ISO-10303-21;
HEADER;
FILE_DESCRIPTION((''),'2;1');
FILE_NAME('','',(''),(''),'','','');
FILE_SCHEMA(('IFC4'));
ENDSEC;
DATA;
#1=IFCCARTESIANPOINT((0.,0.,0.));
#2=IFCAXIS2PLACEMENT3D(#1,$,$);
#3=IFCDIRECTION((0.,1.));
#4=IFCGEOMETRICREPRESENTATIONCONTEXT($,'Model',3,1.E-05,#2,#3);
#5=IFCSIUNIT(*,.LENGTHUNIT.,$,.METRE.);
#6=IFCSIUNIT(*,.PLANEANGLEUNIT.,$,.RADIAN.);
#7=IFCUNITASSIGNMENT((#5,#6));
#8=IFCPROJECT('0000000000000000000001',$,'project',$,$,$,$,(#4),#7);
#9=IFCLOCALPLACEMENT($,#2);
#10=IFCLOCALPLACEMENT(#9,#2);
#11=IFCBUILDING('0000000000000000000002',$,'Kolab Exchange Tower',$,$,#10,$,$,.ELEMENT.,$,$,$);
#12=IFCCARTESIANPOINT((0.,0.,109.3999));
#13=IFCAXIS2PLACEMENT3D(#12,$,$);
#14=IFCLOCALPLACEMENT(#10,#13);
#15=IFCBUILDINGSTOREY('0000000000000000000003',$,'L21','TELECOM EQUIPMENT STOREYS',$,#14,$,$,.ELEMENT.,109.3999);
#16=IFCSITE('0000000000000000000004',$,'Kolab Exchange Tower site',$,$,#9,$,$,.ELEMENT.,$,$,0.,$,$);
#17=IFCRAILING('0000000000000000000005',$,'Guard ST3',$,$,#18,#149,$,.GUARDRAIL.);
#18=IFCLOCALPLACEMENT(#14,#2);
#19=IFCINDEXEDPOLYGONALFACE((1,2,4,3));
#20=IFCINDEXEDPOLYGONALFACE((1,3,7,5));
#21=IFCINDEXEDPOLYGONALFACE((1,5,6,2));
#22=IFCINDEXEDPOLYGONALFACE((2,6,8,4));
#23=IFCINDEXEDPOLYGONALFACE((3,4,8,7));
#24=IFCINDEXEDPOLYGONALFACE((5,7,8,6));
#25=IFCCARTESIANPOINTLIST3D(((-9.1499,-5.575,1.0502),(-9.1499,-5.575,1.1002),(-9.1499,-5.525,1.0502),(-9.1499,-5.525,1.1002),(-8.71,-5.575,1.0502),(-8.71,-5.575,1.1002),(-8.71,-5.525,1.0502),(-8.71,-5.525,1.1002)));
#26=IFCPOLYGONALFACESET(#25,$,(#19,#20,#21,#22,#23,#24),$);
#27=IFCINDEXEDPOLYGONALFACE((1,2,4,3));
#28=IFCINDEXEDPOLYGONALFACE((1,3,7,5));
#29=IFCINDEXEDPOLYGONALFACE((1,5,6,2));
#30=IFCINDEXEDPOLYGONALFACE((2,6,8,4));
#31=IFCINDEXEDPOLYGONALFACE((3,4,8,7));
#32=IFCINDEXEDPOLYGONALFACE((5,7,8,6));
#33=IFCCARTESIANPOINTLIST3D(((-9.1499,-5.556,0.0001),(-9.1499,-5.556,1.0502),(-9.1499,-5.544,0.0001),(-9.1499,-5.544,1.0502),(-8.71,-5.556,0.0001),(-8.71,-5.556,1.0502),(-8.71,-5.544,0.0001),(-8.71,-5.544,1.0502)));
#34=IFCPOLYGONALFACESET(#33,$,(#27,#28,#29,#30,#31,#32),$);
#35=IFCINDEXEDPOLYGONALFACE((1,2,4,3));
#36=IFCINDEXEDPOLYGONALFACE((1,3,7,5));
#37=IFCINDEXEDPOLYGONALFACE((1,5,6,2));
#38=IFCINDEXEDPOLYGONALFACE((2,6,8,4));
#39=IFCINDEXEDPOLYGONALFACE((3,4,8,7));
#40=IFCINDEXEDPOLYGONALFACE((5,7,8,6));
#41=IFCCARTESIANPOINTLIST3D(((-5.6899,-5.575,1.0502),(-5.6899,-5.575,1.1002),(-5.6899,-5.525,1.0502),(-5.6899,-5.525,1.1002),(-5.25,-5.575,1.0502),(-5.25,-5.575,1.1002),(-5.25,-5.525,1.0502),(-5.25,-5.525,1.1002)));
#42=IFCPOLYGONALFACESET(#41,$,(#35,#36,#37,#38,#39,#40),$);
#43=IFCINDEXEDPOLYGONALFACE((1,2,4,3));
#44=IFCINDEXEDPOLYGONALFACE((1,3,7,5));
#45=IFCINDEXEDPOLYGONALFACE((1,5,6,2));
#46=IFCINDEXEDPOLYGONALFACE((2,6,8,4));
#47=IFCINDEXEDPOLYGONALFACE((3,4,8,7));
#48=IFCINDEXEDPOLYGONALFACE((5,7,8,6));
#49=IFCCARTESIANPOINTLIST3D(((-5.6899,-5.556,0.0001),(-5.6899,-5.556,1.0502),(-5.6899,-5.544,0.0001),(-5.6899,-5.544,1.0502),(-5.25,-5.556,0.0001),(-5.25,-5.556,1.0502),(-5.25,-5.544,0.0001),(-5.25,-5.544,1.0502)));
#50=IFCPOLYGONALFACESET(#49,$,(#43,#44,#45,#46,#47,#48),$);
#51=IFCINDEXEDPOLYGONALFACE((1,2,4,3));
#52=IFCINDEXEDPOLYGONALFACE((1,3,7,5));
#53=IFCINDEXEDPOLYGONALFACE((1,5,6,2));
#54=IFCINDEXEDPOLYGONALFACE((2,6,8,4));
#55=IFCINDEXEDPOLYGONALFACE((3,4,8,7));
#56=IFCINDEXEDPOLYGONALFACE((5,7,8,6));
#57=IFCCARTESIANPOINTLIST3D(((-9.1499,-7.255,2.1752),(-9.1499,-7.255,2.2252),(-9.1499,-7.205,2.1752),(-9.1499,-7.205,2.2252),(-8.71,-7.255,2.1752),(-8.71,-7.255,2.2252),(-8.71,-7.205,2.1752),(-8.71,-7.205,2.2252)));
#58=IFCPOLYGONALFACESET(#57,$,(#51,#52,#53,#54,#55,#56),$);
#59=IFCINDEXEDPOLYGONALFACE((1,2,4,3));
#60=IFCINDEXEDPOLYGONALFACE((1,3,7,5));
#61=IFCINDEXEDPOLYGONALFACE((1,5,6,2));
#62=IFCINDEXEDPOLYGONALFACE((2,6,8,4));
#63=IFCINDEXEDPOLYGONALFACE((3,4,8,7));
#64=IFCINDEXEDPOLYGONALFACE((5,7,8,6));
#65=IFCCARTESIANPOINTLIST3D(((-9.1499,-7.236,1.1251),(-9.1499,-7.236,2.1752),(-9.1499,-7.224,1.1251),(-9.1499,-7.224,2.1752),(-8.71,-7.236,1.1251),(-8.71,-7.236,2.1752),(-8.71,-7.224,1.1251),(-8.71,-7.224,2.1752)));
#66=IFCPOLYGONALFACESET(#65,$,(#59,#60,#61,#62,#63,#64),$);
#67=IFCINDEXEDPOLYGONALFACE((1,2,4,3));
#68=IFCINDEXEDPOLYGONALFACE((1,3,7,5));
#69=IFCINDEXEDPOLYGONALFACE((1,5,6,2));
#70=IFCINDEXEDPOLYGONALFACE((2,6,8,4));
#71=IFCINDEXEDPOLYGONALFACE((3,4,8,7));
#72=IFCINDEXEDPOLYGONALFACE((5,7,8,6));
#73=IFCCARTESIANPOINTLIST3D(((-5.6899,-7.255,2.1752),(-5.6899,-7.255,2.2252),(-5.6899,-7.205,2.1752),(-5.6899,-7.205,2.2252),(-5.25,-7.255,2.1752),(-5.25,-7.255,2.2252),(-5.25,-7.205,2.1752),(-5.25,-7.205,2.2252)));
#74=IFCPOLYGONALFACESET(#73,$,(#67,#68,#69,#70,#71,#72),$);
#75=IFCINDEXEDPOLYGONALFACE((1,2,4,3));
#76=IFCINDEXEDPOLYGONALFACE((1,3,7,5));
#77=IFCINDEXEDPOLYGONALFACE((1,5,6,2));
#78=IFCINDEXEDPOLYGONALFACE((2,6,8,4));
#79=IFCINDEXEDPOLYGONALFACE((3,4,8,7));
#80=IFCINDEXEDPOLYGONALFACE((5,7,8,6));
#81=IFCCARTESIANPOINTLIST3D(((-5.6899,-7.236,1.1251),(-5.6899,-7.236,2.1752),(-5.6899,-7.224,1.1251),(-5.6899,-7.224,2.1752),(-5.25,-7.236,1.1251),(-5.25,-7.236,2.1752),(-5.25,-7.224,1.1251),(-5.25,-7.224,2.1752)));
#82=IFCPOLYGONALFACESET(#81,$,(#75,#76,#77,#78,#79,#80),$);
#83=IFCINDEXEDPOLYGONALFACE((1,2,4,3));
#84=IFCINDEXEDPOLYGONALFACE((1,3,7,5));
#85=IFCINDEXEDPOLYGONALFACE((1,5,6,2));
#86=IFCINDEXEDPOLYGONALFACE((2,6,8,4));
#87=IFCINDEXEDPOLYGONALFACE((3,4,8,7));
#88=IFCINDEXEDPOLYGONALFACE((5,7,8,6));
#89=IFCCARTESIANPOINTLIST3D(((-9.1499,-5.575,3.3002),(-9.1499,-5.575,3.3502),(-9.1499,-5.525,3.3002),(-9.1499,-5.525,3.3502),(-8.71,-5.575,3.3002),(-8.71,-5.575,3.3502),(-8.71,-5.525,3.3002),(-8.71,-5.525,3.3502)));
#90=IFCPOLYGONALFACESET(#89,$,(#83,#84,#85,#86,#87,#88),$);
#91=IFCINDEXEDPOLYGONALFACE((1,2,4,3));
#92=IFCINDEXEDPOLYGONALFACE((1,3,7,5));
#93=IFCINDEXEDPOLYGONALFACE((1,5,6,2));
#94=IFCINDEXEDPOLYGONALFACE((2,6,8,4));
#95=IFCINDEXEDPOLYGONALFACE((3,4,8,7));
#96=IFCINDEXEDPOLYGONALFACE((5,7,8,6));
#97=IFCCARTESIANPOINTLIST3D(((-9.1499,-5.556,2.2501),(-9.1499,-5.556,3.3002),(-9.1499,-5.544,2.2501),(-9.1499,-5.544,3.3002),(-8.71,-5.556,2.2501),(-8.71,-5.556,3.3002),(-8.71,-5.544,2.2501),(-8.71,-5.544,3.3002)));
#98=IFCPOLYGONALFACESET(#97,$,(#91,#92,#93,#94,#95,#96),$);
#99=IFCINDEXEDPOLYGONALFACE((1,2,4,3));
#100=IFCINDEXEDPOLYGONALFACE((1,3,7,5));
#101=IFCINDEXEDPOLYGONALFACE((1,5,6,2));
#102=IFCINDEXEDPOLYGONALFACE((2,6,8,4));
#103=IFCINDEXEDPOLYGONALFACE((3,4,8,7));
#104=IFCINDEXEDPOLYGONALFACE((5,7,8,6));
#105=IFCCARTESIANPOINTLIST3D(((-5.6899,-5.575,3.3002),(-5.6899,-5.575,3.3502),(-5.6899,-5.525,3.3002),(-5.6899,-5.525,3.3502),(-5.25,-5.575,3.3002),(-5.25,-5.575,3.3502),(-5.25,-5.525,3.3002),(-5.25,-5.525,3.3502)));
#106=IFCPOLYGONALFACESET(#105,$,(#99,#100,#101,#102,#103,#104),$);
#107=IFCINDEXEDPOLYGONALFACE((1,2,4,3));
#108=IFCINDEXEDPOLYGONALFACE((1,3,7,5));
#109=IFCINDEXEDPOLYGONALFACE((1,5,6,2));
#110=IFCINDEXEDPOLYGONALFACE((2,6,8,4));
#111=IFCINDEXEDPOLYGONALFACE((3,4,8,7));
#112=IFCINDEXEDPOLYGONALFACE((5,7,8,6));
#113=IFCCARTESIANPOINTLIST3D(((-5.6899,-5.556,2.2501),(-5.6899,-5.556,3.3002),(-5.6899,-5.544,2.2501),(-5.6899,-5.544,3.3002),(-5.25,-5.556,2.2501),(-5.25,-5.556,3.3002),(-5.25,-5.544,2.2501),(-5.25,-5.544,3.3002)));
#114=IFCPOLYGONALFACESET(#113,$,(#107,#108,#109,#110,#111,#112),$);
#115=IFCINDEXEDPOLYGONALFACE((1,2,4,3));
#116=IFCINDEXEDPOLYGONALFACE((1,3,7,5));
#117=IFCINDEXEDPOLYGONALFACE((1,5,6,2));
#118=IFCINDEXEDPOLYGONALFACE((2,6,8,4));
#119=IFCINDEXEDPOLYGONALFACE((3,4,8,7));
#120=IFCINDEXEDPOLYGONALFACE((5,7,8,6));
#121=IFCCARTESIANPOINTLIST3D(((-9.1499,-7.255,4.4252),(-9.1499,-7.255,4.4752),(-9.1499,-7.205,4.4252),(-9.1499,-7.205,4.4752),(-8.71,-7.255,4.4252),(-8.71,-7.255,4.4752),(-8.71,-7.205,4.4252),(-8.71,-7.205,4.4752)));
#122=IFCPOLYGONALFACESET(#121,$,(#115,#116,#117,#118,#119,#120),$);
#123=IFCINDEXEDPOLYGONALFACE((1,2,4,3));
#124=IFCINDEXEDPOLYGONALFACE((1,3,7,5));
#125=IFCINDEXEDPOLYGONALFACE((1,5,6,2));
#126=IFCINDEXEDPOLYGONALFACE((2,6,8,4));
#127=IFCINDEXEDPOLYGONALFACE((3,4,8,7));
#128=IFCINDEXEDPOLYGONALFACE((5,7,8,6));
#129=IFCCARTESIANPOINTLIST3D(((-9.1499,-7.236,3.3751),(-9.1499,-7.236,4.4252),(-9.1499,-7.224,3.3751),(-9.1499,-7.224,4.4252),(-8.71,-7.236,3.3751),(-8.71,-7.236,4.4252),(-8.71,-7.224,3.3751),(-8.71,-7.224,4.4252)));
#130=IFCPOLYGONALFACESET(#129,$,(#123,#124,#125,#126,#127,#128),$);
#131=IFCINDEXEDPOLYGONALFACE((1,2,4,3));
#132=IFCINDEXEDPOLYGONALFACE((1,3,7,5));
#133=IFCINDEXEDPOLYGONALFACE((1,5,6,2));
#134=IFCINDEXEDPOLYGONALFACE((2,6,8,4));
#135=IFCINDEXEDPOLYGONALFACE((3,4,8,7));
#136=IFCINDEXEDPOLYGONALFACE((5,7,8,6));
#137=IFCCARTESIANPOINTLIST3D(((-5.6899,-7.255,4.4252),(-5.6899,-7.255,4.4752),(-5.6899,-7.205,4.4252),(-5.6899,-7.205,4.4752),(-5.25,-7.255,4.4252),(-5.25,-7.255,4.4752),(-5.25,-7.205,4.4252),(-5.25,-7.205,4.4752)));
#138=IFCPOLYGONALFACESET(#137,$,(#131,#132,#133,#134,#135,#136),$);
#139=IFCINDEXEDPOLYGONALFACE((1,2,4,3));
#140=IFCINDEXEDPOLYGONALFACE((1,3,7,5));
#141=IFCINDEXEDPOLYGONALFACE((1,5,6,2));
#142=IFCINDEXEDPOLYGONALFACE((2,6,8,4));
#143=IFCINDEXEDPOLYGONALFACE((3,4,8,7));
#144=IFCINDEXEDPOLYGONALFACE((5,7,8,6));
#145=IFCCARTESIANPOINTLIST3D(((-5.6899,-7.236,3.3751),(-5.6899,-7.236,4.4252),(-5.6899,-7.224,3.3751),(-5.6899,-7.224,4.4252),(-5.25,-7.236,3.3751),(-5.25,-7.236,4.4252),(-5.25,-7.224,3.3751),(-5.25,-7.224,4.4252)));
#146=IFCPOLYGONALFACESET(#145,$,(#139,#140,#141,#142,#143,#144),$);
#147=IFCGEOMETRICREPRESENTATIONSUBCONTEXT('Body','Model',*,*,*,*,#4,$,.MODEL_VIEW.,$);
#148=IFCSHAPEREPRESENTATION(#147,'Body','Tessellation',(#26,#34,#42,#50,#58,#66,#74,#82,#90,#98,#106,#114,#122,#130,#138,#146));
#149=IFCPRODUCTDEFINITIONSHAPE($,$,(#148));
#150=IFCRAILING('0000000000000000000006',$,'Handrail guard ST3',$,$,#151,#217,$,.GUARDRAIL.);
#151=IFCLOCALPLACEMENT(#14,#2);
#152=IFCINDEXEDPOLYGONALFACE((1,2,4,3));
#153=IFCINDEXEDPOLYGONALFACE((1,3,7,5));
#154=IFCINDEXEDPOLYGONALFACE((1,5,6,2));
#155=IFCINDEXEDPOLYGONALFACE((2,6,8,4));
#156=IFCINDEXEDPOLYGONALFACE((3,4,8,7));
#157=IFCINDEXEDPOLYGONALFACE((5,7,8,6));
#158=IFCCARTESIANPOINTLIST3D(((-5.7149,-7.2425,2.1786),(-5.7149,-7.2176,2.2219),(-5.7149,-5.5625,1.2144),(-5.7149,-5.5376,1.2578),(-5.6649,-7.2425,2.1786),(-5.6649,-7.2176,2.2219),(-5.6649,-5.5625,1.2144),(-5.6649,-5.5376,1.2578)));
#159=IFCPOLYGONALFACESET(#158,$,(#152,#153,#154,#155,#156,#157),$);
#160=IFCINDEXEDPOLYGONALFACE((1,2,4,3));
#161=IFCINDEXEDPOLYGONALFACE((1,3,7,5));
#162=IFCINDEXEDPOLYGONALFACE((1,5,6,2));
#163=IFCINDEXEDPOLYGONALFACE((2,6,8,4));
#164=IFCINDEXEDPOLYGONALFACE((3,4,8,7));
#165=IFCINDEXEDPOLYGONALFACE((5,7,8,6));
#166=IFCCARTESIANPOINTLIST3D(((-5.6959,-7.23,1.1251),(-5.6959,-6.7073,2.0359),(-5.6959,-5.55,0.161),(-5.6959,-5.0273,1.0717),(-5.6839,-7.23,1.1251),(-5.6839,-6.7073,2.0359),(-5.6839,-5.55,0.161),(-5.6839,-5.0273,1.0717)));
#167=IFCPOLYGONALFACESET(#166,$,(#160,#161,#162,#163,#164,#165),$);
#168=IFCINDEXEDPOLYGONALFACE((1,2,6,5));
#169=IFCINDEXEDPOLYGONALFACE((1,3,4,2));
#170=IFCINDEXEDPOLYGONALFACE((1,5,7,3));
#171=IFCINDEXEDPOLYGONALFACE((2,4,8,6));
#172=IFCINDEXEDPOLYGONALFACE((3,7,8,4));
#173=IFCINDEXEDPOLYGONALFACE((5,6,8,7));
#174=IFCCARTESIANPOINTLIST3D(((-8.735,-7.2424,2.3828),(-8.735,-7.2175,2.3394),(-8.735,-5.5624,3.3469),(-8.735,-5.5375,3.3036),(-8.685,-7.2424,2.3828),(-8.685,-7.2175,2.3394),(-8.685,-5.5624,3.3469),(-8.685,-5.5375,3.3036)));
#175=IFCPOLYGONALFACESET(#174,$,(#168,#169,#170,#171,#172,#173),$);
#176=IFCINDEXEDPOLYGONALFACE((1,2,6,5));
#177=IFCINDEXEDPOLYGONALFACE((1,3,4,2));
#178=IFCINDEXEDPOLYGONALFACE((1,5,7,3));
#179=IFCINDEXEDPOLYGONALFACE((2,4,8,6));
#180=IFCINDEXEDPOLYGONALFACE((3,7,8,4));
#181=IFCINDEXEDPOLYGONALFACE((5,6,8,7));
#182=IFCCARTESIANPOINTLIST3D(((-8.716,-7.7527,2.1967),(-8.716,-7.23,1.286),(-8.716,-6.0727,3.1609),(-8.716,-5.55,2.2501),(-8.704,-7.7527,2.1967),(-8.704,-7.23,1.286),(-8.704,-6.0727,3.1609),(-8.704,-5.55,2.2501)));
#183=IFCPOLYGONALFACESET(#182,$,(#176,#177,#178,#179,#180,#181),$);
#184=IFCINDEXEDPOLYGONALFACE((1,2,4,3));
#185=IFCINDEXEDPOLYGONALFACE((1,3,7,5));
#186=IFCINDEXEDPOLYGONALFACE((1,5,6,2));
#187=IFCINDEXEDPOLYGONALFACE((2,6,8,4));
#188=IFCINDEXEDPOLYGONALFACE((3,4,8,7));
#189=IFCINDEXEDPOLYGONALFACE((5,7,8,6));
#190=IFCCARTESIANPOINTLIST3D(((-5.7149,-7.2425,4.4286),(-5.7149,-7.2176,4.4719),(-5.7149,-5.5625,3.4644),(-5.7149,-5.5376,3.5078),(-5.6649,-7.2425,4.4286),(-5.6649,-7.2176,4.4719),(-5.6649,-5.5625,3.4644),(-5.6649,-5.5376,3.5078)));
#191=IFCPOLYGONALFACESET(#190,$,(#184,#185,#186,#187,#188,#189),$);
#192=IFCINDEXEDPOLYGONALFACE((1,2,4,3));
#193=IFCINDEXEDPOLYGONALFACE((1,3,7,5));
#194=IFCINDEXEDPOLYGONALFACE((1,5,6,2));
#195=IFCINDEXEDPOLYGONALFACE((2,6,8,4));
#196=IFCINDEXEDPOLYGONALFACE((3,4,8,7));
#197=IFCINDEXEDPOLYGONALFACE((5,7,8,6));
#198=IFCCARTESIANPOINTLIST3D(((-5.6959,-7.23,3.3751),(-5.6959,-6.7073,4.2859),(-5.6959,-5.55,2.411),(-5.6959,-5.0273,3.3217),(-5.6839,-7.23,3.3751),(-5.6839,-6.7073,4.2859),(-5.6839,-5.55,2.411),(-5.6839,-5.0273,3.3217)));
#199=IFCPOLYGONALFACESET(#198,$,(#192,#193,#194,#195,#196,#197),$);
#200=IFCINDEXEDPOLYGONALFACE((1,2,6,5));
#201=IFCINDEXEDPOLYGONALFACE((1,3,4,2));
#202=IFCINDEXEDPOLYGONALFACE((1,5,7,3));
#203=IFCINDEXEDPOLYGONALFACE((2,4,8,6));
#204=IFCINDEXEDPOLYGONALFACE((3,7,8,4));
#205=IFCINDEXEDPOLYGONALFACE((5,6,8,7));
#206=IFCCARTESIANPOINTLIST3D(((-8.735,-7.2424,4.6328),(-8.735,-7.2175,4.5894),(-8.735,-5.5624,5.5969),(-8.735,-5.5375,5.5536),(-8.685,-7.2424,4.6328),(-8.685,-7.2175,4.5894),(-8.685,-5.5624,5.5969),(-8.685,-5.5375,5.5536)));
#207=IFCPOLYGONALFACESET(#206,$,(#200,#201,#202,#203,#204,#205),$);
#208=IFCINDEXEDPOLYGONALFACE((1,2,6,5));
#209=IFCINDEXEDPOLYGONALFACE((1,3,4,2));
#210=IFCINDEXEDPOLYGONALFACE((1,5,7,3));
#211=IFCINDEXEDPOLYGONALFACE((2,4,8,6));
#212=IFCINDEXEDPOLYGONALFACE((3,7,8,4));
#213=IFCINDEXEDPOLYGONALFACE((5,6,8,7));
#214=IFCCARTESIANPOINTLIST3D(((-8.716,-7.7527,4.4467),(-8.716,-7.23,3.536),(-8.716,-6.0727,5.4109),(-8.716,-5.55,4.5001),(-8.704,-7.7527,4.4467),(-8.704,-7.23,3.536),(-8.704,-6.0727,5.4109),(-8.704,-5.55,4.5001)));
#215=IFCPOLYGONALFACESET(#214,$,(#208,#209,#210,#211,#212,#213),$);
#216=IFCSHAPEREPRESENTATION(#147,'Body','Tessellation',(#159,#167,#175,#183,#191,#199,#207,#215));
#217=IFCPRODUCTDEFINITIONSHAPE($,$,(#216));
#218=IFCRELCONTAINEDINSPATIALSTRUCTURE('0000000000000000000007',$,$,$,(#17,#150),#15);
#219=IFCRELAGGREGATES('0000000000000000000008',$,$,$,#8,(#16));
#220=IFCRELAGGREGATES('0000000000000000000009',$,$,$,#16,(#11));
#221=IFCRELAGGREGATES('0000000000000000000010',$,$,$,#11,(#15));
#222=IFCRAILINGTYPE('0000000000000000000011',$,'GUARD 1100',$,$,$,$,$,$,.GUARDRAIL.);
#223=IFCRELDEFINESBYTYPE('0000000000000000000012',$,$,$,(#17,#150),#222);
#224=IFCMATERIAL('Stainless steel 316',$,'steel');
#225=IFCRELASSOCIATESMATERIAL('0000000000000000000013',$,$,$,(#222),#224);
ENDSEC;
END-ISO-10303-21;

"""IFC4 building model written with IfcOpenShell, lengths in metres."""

from ifc_helpers import new_model, si_unit, direction, frame, frame_2d, origin, origin_2d, place, context, subcontext, project, spatial, rectangle, extrude, material, type_object, element, save


model = new_model("IFC4")

# Units and contexts
model_context = context("Model", 3, precision=1e-05, world=origin(), true_north=direction((0.0, 1.0)))
body_context = subcontext(model_context, "Body", "Model", "MODEL_VIEW")
ifc_project = project(units=[si_unit("LENGTHUNIT", "METRE"), si_unit("PLANEANGLEUNIT", "RADIAN")], contexts=[model_context])

# Site, building, storey
site_placement = place(None, origin())
site = spatial("IfcSite", under=ifc_project, at=site_placement, Name="Kolab Exchange Tower site", CompositionType="ELEMENT", RefElevation=0.0)
building_placement = place(site_placement, origin())
building = spatial("IfcBuilding", under=site, at=building_placement, Name="Kolab Exchange Tower", CompositionType="ELEMENT")
storey_placement = place(building_placement, frame((0.0, 0.0, 109.3999)))
storey = spatial("IfcBuildingStorey", under=building, at=storey_placement, Name="L21", Description="TELECOM EQUIPMENT STOREYS", CompositionType="ELEMENT", Elevation=109.3999)

# Shared definitions
ifc_material_1 = material(Name="Stainless steel 316", Category="steel")

# Railings
railing_type = type_object("IfcRailingType", Name="GUARD 1100", PredefinedType="GUARDRAIL", material=ifc_material_1)
railing_1_placement = place(storey_placement, frame((-9.1499, -5.55, 0.0)))
element("IfcRailing", 1, at=railing_1_placement, inside=storey, type_object=railing_type, Name="Guard ST3", PredefinedType="GUARDRAIL", context=body_context, shape_type="SweptSolid", body=[
    extrude(rectangle(XDim=0.05, YDim=0.05, at=origin_2d()), frame((0.0, 0.0, 1.0752), z_axis=(1.0, 0.0, 0.0), x_axis=(0.0, 1.0, 0.0)), (0.0, 0.0, 1.0), 0.4399),
    extrude(rectangle(XDim=0.012, YDim=1.0501, at=frame_2d((0.0, 0.5251))), frame((0.0, 0.0, 0.0), z_axis=(1.0, 0.0, 0.0), x_axis=(0.0, 1.0, 0.0)), (0.0, 0.0, 1.0), 0.4399),
    extrude(rectangle(XDim=0.05, YDim=0.05, at=origin_2d()), frame((3.46, 0.0, 1.0752), z_axis=(1.0, 0.0, 0.0), x_axis=(0.0, 1.0, 0.0)), (0.0, 0.0, 1.0), 0.4399),
    extrude(rectangle(XDim=0.012, YDim=1.0501, at=frame_2d((0.0, 0.5251))), frame((3.46, 0.0, 0.0), z_axis=(1.0, 0.0, 0.0), x_axis=(0.0, 1.0, 0.0)), (0.0, 0.0, 1.0), 0.4399),
    extrude(rectangle(XDim=0.05, YDim=0.05, at=origin_2d()), frame((0.0, -1.6799, 2.2002), z_axis=(1.0, 0.0, 0.0), x_axis=(0.0, 1.0, 0.0)), (0.0, 0.0, 1.0), 0.4399),
    extrude(rectangle(XDim=0.012, YDim=1.0501, at=frame_2d((0.0, 0.5251))), frame((0.0, -1.6799, 1.125), z_axis=(1.0, 0.0, 0.0), x_axis=(0.0, 1.0, 0.0)), (0.0, 0.0, 1.0), 0.4399),
    extrude(rectangle(XDim=0.05, YDim=0.05, at=origin_2d()), frame((3.46, -1.6799, 2.2002), z_axis=(1.0, 0.0, 0.0), x_axis=(0.0, 1.0, 0.0)), (0.0, 0.0, 1.0), 0.4399),
    extrude(rectangle(XDim=0.012, YDim=1.0501, at=frame_2d((0.0, 0.5251))), frame((3.46, -1.6799, 1.125), z_axis=(1.0, 0.0, 0.0), x_axis=(0.0, 1.0, 0.0)), (0.0, 0.0, 1.0), 0.4399),
    extrude(rectangle(XDim=0.05, YDim=0.05, at=origin_2d()), frame((0.0, 0.0, 3.3252), z_axis=(1.0, 0.0, 0.0), x_axis=(0.0, 1.0, 0.0)), (0.0, 0.0, 1.0), 0.4399),
    extrude(rectangle(XDim=0.012, YDim=1.0501, at=frame_2d((0.0, 0.5251))), frame((0.0, 0.0, 2.25), z_axis=(1.0, 0.0, 0.0), x_axis=(0.0, 1.0, 0.0)), (0.0, 0.0, 1.0), 0.4399),
    extrude(rectangle(XDim=0.05, YDim=0.05, at=origin_2d()), frame((3.46, 0.0, 3.3252), z_axis=(1.0, 0.0, 0.0), x_axis=(0.0, 1.0, 0.0)), (0.0, 0.0, 1.0), 0.4399),
    extrude(rectangle(XDim=0.012, YDim=1.0501, at=frame_2d((0.0, 0.5251))), frame((3.46, 0.0, 2.25), z_axis=(1.0, 0.0, 0.0), x_axis=(0.0, 1.0, 0.0)), (0.0, 0.0, 1.0), 0.4399),
    extrude(rectangle(XDim=0.05, YDim=0.05, at=origin_2d()), frame((0.0, -1.6799, 4.4502), z_axis=(1.0, 0.0, 0.0), x_axis=(0.0, 1.0, 0.0)), (0.0, 0.0, 1.0), 0.4399),
    extrude(rectangle(XDim=0.012, YDim=1.0501, at=frame_2d((0.0, 0.5251))), frame((0.0, -1.6799, 3.375), z_axis=(1.0, 0.0, 0.0), x_axis=(0.0, 1.0, 0.0)), (0.0, 0.0, 1.0), 0.4399),
    extrude(rectangle(XDim=0.05, YDim=0.05, at=origin_2d()), frame((3.46, -1.6799, 4.4502), z_axis=(1.0, 0.0, 0.0), x_axis=(0.0, 1.0, 0.0)), (0.0, 0.0, 1.0), 0.4399),
    extrude(rectangle(XDim=0.012, YDim=1.0501, at=frame_2d((0.0, 0.5251))), frame((3.46, -1.6799, 3.375), z_axis=(1.0, 0.0, 0.0), x_axis=(0.0, 1.0, 0.0)), (0.0, 0.0, 1.0), 0.4399),
])
railing_2_placement = place(storey_placement, frame((-5.6899, -5.55, 0.1609)))
element("IfcRailing", 2, at=railing_2_placement, inside=storey, type_object=railing_type, Name="Handrail guard ST3", PredefinedType="GUARDRAIL", context=body_context, shape_type="SweptSolid", body=[
    extrude(rectangle(XDim=0.05, YDim=0.05, at=origin_2d()), frame((0.0, 0.0, 1.0752), z_axis=(0.0, -0.867319, 0.497753), x_axis=(1.0, 0.0, 0.0)), (0.0, 0.0, 1.0), 1.937),
    extrude(rectangle(XDim=0.012, YDim=1.0501, at=frame_2d((0.0, 0.5251))), frame((0.0, 0.0, 0.0), z_axis=(0.0, -0.867319, 0.497753), x_axis=(1.0, 0.0, 0.0)), (0.0, 0.0, 1.0), 1.937),
    extrude(rectangle(XDim=0.05, YDim=0.05, at=origin_2d()), frame((-3.02, -1.6799, 2.2002), z_axis=(0.0, 0.867319, 0.497753), x_axis=(-1.0, 0.0, 0.0)), (0.0, 0.0, 1.0), 1.937),
    extrude(rectangle(XDim=0.012, YDim=1.0501, at=frame_2d((0.0, 0.5251))), frame((-3.02, -1.6799, 1.125), z_axis=(0.0, 0.867319, 0.497753), x_axis=(-1.0, 0.0, 0.0)), (0.0, 0.0, 1.0), 1.937),
    extrude(rectangle(XDim=0.05, YDim=0.05, at=origin_2d()), frame((0.0, 0.0, 3.3252), z_axis=(0.0, -0.867319, 0.497753), x_axis=(1.0, 0.0, 0.0)), (0.0, 0.0, 1.0), 1.937),
    extrude(rectangle(XDim=0.012, YDim=1.0501, at=frame_2d((0.0, 0.5251))), frame((0.0, 0.0, 2.25), z_axis=(0.0, -0.867319, 0.497753), x_axis=(1.0, 0.0, 0.0)), (0.0, 0.0, 1.0), 1.937),
    extrude(rectangle(XDim=0.05, YDim=0.05, at=origin_2d()), frame((-3.02, -1.6799, 4.4502), z_axis=(0.0, 0.867319, 0.497753), x_axis=(-1.0, 0.0, 0.0)), (0.0, 0.0, 1.0), 1.937),
    extrude(rectangle(XDim=0.012, YDim=1.0501, at=frame_2d((0.0, 0.5251))), frame((-3.02, -1.6799, 3.375), z_axis=(0.0, 0.867319, 0.497753), x_axis=(-1.0, 0.0, 0.0)), (0.0, 0.0, 1.0), 1.937),
])

save(model, "model.ifc")
